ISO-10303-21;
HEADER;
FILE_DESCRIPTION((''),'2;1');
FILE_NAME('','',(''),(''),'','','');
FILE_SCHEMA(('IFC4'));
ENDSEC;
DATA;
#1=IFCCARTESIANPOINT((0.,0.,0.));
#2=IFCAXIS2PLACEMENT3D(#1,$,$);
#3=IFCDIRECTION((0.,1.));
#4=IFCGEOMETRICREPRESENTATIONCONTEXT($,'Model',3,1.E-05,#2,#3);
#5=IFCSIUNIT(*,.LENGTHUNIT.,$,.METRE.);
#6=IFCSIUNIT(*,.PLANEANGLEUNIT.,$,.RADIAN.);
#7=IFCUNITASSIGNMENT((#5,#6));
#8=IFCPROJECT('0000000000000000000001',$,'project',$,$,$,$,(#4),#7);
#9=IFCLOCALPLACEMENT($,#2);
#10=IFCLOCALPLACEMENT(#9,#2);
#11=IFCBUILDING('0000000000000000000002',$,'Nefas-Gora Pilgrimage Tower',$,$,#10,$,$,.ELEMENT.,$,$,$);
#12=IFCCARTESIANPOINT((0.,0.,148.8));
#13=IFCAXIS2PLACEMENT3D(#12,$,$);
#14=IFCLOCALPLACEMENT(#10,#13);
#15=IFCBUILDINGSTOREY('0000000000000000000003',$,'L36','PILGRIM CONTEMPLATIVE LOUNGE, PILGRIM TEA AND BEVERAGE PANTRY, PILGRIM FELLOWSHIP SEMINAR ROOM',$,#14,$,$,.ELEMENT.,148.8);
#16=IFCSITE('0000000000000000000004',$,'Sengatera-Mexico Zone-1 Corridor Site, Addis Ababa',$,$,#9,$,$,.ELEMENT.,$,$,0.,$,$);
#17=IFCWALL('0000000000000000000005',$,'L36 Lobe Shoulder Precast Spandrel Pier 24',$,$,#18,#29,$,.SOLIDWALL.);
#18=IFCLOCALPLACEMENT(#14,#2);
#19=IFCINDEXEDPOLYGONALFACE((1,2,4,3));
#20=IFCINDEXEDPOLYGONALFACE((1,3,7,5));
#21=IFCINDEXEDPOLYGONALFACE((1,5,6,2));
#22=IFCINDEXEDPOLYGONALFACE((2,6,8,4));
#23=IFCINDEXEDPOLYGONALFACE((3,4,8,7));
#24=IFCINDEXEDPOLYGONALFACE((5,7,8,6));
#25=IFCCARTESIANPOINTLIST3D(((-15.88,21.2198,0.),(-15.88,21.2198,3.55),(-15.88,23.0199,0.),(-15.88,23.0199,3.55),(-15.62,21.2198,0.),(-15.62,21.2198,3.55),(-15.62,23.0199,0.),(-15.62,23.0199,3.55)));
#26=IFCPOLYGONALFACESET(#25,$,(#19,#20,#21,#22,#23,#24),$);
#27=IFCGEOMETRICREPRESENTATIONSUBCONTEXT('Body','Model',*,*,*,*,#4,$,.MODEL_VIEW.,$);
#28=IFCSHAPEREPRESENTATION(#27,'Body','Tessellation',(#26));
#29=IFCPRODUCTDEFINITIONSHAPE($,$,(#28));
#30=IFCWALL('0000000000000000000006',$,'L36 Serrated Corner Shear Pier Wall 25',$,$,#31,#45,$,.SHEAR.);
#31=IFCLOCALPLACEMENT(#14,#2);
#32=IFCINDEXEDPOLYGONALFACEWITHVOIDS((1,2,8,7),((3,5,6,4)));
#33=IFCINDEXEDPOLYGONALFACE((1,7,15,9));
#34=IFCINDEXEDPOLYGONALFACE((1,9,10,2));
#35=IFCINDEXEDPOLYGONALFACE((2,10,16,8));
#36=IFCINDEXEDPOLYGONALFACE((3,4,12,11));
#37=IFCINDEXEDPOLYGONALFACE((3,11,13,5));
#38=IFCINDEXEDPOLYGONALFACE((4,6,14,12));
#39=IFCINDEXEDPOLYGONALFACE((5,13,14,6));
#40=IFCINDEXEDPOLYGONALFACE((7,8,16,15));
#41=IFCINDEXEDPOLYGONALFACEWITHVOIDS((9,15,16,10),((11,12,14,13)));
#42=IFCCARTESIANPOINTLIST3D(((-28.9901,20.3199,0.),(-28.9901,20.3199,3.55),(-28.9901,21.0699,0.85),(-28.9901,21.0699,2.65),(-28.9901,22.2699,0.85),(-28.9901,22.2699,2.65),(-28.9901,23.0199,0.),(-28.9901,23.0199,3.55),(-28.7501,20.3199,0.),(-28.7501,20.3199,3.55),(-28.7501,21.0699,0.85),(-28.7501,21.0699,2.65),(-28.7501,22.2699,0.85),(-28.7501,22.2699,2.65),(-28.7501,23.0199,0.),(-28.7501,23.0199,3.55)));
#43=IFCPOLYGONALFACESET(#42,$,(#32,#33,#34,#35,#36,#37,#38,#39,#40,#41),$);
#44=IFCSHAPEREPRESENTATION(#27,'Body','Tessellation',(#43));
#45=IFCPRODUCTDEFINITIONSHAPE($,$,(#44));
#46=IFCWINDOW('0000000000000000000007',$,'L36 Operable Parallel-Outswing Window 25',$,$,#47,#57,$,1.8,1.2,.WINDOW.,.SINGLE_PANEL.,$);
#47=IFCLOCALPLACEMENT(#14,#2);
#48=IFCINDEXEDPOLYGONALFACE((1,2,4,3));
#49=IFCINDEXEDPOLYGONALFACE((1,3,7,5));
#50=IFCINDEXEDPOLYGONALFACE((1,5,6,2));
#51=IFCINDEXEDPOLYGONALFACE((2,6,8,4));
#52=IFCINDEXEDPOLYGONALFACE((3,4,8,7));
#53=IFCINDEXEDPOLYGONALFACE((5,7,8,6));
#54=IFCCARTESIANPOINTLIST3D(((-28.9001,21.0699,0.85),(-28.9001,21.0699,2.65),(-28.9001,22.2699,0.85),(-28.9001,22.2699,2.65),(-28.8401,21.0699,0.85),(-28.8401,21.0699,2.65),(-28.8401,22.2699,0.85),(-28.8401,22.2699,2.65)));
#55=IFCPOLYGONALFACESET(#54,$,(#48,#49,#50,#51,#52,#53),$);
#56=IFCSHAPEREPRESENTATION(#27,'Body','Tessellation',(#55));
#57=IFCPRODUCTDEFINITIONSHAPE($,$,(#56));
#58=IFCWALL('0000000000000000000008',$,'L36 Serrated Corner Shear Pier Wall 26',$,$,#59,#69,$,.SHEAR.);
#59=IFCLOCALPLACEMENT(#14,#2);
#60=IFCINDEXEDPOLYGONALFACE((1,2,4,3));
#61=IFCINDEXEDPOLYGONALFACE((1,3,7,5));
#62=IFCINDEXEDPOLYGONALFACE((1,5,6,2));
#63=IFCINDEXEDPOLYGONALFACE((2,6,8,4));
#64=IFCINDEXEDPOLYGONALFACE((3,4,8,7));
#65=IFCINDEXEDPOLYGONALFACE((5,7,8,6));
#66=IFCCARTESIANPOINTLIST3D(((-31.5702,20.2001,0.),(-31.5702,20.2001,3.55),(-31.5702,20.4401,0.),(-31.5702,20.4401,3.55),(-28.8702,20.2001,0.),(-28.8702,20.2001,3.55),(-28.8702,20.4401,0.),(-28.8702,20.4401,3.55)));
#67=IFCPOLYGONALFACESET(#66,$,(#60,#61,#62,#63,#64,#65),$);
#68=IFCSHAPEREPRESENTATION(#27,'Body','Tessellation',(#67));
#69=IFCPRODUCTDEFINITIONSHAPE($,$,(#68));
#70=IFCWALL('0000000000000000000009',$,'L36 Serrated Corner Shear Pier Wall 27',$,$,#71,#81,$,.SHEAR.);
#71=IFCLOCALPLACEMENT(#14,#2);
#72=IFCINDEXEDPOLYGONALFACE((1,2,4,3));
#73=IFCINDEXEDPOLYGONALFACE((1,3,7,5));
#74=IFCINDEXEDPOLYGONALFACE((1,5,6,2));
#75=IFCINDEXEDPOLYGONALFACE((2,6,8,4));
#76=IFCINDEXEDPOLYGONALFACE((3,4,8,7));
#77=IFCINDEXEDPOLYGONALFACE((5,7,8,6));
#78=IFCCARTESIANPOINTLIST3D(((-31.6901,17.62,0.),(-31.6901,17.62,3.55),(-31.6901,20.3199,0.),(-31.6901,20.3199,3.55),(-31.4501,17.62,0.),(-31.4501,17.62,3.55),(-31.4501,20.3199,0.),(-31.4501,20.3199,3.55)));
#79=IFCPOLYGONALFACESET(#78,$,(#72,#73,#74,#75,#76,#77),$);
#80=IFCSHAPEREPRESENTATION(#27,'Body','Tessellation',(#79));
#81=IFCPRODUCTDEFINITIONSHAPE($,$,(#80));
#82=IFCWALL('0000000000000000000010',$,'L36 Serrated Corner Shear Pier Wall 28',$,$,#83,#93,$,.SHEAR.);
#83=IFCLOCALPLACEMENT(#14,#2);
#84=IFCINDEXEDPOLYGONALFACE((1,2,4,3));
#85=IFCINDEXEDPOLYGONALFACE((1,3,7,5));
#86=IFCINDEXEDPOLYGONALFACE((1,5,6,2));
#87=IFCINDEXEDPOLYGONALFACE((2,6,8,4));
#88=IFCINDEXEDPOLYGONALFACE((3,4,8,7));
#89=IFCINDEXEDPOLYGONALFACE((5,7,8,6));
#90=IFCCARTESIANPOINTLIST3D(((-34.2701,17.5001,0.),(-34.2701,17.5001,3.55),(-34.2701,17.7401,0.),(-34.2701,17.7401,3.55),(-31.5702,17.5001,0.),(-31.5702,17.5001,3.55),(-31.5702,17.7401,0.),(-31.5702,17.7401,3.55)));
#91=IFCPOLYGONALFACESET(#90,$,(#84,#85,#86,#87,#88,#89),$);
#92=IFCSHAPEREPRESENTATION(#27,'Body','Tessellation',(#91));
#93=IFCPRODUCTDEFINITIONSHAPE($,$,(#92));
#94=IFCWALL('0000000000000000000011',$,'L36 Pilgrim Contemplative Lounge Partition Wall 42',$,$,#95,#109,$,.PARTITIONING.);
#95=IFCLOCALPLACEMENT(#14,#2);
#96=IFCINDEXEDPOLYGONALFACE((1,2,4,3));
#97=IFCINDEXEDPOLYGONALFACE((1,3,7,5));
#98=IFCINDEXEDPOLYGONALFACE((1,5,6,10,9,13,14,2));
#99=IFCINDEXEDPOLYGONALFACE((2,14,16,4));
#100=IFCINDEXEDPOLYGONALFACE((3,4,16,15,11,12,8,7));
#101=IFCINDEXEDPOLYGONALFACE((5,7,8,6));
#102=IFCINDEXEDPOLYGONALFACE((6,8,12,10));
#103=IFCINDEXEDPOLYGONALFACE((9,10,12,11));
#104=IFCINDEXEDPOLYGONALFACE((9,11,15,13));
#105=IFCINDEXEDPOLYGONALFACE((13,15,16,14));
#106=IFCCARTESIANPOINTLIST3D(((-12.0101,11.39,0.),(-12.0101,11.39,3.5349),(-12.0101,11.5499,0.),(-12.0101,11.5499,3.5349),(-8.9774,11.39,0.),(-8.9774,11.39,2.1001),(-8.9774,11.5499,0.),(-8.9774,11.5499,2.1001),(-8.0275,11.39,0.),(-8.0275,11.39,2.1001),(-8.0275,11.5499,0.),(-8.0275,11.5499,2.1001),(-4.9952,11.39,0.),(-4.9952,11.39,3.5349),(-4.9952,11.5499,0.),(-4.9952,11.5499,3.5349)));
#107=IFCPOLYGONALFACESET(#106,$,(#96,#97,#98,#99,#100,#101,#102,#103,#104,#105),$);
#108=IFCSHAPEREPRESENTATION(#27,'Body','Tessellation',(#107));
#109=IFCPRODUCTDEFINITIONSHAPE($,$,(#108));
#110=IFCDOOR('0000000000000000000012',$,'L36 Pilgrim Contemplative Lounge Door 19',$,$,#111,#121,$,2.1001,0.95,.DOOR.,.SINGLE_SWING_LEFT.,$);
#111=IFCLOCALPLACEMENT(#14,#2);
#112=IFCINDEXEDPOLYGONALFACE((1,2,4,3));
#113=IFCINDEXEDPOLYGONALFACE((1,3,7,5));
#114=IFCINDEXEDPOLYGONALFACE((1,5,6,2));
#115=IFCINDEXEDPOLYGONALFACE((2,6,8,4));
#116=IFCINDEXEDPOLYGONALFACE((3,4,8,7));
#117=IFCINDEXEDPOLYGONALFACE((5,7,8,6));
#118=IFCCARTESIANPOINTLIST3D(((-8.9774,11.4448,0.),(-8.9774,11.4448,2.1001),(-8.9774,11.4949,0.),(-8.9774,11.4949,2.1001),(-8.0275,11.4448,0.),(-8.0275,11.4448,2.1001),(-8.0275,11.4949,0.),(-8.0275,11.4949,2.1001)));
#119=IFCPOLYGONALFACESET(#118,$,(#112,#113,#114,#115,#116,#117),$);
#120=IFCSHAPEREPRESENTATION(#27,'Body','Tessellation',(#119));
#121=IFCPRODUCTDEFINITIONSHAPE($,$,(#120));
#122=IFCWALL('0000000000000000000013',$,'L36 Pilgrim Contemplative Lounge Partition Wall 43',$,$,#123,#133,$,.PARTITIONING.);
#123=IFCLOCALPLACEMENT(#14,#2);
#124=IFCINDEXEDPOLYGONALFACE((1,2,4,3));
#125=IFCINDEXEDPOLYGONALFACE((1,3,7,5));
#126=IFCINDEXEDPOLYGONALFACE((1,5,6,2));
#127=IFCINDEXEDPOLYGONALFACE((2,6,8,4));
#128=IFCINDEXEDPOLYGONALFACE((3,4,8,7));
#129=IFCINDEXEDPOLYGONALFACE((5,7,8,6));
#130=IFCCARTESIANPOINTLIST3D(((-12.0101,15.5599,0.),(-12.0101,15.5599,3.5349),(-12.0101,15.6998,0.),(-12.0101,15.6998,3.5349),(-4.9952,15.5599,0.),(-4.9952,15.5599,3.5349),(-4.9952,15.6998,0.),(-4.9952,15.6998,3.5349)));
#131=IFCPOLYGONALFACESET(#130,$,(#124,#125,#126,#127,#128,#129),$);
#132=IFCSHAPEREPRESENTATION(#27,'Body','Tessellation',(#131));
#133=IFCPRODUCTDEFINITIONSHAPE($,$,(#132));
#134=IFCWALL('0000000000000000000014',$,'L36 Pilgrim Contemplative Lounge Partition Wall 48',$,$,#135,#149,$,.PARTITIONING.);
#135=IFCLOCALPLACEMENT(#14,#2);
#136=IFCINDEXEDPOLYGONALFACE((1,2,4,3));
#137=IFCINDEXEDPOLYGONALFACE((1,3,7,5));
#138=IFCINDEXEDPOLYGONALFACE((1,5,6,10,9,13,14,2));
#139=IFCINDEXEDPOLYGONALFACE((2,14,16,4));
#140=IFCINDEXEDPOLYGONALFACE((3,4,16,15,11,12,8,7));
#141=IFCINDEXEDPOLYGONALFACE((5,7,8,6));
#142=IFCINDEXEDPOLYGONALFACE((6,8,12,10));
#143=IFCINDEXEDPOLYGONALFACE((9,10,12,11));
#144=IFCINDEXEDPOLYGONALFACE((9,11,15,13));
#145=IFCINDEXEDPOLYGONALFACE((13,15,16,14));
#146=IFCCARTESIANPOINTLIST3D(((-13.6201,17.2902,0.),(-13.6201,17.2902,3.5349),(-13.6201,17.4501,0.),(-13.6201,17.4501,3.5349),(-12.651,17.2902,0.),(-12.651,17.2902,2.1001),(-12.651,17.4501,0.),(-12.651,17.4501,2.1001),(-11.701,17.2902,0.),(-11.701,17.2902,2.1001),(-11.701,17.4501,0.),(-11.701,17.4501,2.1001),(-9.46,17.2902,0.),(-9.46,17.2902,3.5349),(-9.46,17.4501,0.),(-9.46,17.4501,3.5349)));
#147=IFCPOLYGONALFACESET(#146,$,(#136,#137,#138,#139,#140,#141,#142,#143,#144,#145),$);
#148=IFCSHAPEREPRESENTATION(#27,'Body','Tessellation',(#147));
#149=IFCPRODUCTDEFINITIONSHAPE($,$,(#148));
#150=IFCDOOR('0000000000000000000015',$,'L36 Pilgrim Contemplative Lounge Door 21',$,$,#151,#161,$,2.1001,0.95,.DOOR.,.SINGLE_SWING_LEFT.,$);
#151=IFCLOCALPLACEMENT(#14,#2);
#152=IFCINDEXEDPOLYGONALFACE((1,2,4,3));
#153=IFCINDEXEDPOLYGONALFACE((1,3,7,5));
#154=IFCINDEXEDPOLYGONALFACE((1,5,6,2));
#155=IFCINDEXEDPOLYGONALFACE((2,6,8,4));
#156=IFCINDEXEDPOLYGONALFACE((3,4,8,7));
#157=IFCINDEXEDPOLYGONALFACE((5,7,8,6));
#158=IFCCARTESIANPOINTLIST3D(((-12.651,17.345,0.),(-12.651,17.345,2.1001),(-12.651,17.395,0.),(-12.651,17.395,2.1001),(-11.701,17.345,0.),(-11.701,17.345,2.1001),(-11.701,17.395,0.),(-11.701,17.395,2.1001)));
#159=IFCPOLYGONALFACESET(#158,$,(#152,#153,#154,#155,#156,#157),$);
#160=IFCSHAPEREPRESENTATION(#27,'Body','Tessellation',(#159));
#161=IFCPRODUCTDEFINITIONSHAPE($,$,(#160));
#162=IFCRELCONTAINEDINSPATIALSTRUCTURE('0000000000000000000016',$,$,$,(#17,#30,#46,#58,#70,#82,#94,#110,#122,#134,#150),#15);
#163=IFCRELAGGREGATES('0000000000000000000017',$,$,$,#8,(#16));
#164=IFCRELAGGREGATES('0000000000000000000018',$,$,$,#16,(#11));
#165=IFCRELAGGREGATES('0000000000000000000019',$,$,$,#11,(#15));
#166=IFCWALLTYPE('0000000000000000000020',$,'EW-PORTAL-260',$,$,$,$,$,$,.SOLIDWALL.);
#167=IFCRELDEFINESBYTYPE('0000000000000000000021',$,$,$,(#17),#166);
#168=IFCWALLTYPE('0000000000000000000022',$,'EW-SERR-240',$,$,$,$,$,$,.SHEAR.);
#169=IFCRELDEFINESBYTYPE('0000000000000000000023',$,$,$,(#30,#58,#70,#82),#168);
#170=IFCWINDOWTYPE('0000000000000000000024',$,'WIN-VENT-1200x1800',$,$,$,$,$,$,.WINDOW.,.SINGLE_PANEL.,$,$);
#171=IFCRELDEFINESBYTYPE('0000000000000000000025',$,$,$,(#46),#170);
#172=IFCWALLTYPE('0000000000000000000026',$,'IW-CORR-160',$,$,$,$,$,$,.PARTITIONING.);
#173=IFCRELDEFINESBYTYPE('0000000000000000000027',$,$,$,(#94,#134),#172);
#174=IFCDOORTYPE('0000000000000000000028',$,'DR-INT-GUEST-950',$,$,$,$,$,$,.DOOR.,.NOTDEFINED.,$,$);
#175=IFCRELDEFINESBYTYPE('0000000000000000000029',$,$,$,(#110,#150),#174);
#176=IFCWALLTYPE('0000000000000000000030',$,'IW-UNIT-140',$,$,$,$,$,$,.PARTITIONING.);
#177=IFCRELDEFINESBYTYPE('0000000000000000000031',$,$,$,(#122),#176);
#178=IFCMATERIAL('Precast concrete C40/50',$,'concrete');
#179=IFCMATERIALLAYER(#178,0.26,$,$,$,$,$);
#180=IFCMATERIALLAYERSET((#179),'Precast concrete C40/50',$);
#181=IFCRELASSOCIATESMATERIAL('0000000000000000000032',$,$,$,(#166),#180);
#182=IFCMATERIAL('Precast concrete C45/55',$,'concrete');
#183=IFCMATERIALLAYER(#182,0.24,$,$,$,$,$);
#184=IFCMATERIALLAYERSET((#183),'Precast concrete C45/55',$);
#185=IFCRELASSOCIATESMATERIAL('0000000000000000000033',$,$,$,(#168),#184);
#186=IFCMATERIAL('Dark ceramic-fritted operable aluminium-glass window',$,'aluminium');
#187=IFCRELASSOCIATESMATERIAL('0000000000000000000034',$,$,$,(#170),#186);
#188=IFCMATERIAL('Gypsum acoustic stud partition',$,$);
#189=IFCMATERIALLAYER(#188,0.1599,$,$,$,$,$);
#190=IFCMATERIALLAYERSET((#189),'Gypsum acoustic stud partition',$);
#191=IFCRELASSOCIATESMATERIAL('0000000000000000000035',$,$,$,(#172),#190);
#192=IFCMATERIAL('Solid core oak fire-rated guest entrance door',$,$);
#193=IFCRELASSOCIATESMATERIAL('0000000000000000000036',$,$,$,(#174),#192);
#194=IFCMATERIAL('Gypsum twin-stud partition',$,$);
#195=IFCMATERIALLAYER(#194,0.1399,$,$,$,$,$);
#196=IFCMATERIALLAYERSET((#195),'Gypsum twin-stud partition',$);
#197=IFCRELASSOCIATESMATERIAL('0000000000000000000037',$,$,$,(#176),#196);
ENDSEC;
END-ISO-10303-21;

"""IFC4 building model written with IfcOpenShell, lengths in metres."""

from ifc_helpers import new_model, si_unit, direction, frame, frame_2d, origin, place, context, subcontext, project, spatial, rectangle, extrude, source, transform, mapped, material, layer, layer_set, type_object, element, fill, save


model = new_model("IFC4")

# Units and contexts
model_context = context("Model", 3, precision=1e-05, world=origin(), true_north=direction((0.0, 1.0)))
body_context = subcontext(model_context, "Body", "Model", "MODEL_VIEW")
ifc_project = project(units=[si_unit("LENGTHUNIT", "METRE"), si_unit("PLANEANGLEUNIT", "RADIAN")], contexts=[model_context])

# Site, building, storey
site_placement = place(None, origin())
site = spatial("IfcSite", under=ifc_project, at=site_placement, Name="Sengatera-Mexico Zone-1 Corridor Site, Addis Ababa", CompositionType="ELEMENT", RefElevation=0.0)
building_placement = place(site_placement, origin())
building = spatial("IfcBuilding", under=site, at=building_placement, Name="Nefas-Gora Pilgrimage Tower", CompositionType="ELEMENT")
storey_placement = place(building_placement, frame((0.0, 0.0, 148.8)))
storey = spatial("IfcBuildingStorey", under=building, at=storey_placement, Name="L36", Description="PILGRIM CONTEMPLATIVE LOUNGE, PILGRIM TEA AND BEVERAGE PANTRY, PILGRIM FELLOWSHIP SEMINAR ROOM", CompositionType="ELEMENT", Elevation=148.8)

# Wall
ifc_material_1 = material(Name="Precast concrete C40/50", Category="concrete")
ifc_layer_1 = layer(ifc_material_1, 0.26)
ifc_layer_set_1 = layer_set([ifc_layer_1], Name="Precast concrete C40/50")
wall_type_1 = type_object("IfcWallType", Name="EW-PORTAL-260", PredefinedType="SOLIDWALL", material=ifc_layer_set_1)
shared_shape_1 = source(origin(), body_context, "Body", "SweptSolid", [
    extrude(rectangle(XDim=1.8, YDim=0.26, at=frame_2d((0.8999, 0.0))), origin(), (0.0, 0.0, 1.0), 3.55),
])
wall_1_placement = place(storey_placement, frame((-15.75, 21.22, 0.0), z_axis=(0.0, 0.0, 1.0), x_axis=(0.0, 1.0, 0.0)))
element("IfcWall", 1, at=wall_1_placement, inside=storey, type_object=wall_type_1, Name="L36 Lobe Shoulder Precast Spandrel Pier 24", PredefinedType="SOLIDWALL", context=body_context, shape_type="MappedRepresentation", body=[
    mapped(shared_shape_1, transform((0.0, 0.0, 0.0), x_axis=(1.0, 0.0, 0.0), y_axis=(0.0, 1.0, 0.0), z_axis=(0.0, 0.0, 1.0), scale=1.0)),
])

# Wall, opening, window
ifc_material_2 = material(Name="Precast concrete C45/55", Category="concrete")
ifc_layer_2 = layer(ifc_material_2, 0.24)
ifc_layer_set_2 = layer_set([ifc_layer_2], Name="Precast concrete C45/55")
wall_type_2 = type_object("IfcWallType", Name="EW-SERR-240", PredefinedType="SHEAR", material=ifc_layer_set_2)
shared_shape_2 = source(origin(), body_context, "Body", "SweptSolid", [
    extrude(rectangle(XDim=2.7, YDim=0.24, at=frame_2d((1.3501, 0.0))), origin(), (0.0, 0.0, 1.0), 3.55),
])
wall_2_placement = place(storey_placement, frame((-28.8701, 23.02, 0.0), z_axis=(0.0, 0.0, 1.0), x_axis=(0.0, -1.0, 0.0)))
wall_2 = element("IfcWall", 2, at=wall_2_placement, inside=storey, type_object=wall_type_2, Name="L36 Serrated Corner Shear Pier Wall 25", PredefinedType="SHEAR", context=body_context, shape_type="MappedRepresentation", body=[
    mapped(shared_shape_2, transform((0.0, 0.0, 0.0), x_axis=(1.0, 0.0, 0.0), y_axis=(0.0, 1.0, 0.0), z_axis=(0.0, 0.0, 1.0), scale=1.0)),
])
opening_1_placement = place(wall_2_placement, frame((0.75, 0.0, 0.8501)))
opening_1 = element("IfcOpeningElement", 3, at=opening_1_placement, cuts=wall_2, PredefinedType="OPENING", context=body_context, shape_type="SweptSolid", body=[
    extrude(rectangle(XDim=1.2, YDim=1.8, at=frame_2d((0.6001, 0.8999))), frame((0.0, 0.1299, 0.0), z_axis=(0.0, -1.0, 0.0), x_axis=(1.0, 0.0, 0.0)), (0.0, 0.0, 1.0), 0.26),
])
ifc_material_3 = material(Name="Dark ceramic-fritted operable aluminium-glass window", Category="aluminium")
window_type = type_object("IfcWindowType", Name="WIN-VENT-1200x1800", PartitioningType="SINGLE_PANEL", PredefinedType="WINDOW", material=ifc_material_3)
shared_shape_3 = source(origin(), body_context, "Body", "SweptSolid", [
    extrude(rectangle(XDim=1.2, YDim=1.8, at=frame_2d((0.6001, 0.8999))), frame((0.0, 0.03, 0.0), z_axis=(0.0, -1.0, 0.0), x_axis=(1.0, 0.0, 0.0)), (0.0, 0.0, 1.0), 0.0601),
])
window_placement = place(opening_1_placement, origin())
window = element("IfcWindow", 4, at=window_placement, inside=storey, type_object=window_type, Name="L36 Operable Parallel-Outswing Window 25", OverallHeight=1.8, OverallWidth=1.2, PartitioningType="SINGLE_PANEL", PredefinedType="WINDOW", context=body_context, shape_type="MappedRepresentation", body=[
    mapped(shared_shape_3, transform((0.0, 0.0, 0.0), x_axis=(1.0, 0.0, 0.0), y_axis=(0.0, 1.0, 0.0), z_axis=(0.0, 0.0, 1.0), scale=1.0)),
])
fill(opening_1, window)

# Walls
for number, where, z_axis, x_axis, name in (
    (5, (-28.8701, 20.3201, 0.0), (0.0, 0.0, 1.0), (-1.0, 0.0, 0.0), "L36 Serrated Corner Shear Pier Wall 26"),
    (6, (-31.5701, 20.3201, 0.0), (0.0, 0.0, 1.0), (0.0, -1.0, 0.0), "L36 Serrated Corner Shear Pier Wall 27"),
    (7, (-31.5701, 17.6201, 0.0), (0.0, 0.0, 1.0), (-1.0, 0.0, 0.0), "L36 Serrated Corner Shear Pier Wall 28"),
):
    element("IfcWall", number, at=place(storey_placement, frame(where, z_axis=z_axis, x_axis=x_axis)), inside=storey, type_object=wall_type_2, Name=name, PredefinedType="SHEAR", context=body_context, shape_type="MappedRepresentation", body=[
        mapped(shared_shape_2, transform((0.0, 0.0, 0.0), x_axis=(1.0, 0.0, 0.0), y_axis=(0.0, 1.0, 0.0), z_axis=(0.0, 0.0, 1.0), scale=1.0)),
    ])

# Wall, opening, door
ifc_material_4 = material(Name="Gypsum acoustic stud partition")
ifc_layer_3 = layer(ifc_material_4, 0.1599)
ifc_layer_set_3 = layer_set([ifc_layer_3], Name="Gypsum acoustic stud partition")
wall_type_3 = type_object("IfcWallType", Name="IW-CORR-160", PredefinedType="PARTITIONING", material=ifc_layer_set_3)
shared_shape_4 = source(origin(), body_context, "Body", "SweptSolid", [
    extrude(rectangle(XDim=7.0149, YDim=0.1599, at=frame_2d((3.5073, 0.0))), origin(), (0.0, 0.0, 1.0), 3.5349),
])
wall_3_placement = place(storey_placement, frame((-12.01, 11.47, 0.0), z_axis=(0.0, 0.0, 1.0), x_axis=(1.0, 0.0, 0.0)))
wall_3 = element("IfcWall", 8, at=wall_3_placement, inside=storey, type_object=wall_type_3, Name="L36 Pilgrim Contemplative Lounge Partition Wall 42", PredefinedType="PARTITIONING", context=body_context, shape_type="MappedRepresentation", body=[
    mapped(shared_shape_4, transform((0.0, 0.0, 0.0), x_axis=(1.0, 0.0, 0.0), y_axis=(0.0, 1.0, 0.0), z_axis=(0.0, 0.0, 1.0), scale=1.0)),
])
opening_2_placement = place(wall_3_placement, frame((3.0325, 0.0, 0.0)))
opening_2 = element("IfcOpeningElement", 9, at=opening_2_placement, cuts=wall_3, PredefinedType="OPENING", context=body_context, shape_type="SweptSolid", body=[
    extrude(rectangle(XDim=0.95, YDim=2.1001, at=frame_2d((0.4751, 1.05))), frame((0.0, 0.0898, 0.0), z_axis=(0.0, -1.0, 0.0), x_axis=(1.0, 0.0, 0.0)), (0.0, 0.0, 1.0), 0.1799),
])
ifc_material_5 = material(Name="Solid core oak fire-rated guest entrance door")
door_type = type_object("IfcDoorType", Name="DR-INT-GUEST-950", OperationType="NOTDEFINED", PredefinedType="DOOR", material=ifc_material_5)
shared_shape_5 = source(origin(), body_context, "Body", "SweptSolid", [
    extrude(rectangle(XDim=0.95, YDim=2.1001, at=frame_2d((0.4751, 1.05))), frame((0.0, 0.0249, 0.0), z_axis=(0.0, -1.0, 0.0), x_axis=(1.0, 0.0, 0.0)), (0.0, 0.0, 1.0), 0.05),
])
door_1_placement = place(opening_2_placement, origin())
door_1 = element("IfcDoor", 10, at=door_1_placement, inside=storey, type_object=door_type, Name="L36 Pilgrim Contemplative Lounge Door 19", OperationType="SINGLE_SWING_LEFT", OverallHeight=2.1001, OverallWidth=0.95, PredefinedType="DOOR", context=body_context, shape_type="MappedRepresentation", body=[
    mapped(shared_shape_5, transform((0.0, 0.0, 0.0), x_axis=(1.0, 0.0, 0.0), y_axis=(0.0, 1.0, 0.0), z_axis=(0.0, 0.0, 1.0), scale=1.0)),
])
fill(opening_2, door_1)

# Wall
ifc_material_6 = material(Name="Gypsum twin-stud partition")
ifc_layer_4 = layer(ifc_material_6, 0.1399)
ifc_layer_set_4 = layer_set([ifc_layer_4], Name="Gypsum twin-stud partition")
wall_type_4 = type_object("IfcWallType", Name="IW-UNIT-140", PredefinedType="PARTITIONING", material=ifc_layer_set_4)
shared_shape_6 = source(origin(), body_context, "Body", "SweptSolid", [
    extrude(rectangle(XDim=7.0149, YDim=0.1399, at=frame_2d((3.5073, 0.0))), origin(), (0.0, 0.0, 1.0), 3.5349),
])
wall_4_placement = place(storey_placement, frame((-12.01, 15.6299, 0.0), z_axis=(0.0, 0.0, 1.0), x_axis=(1.0, 0.0, 0.0)))
element("IfcWall", 11, at=wall_4_placement, inside=storey, type_object=wall_type_4, Name="L36 Pilgrim Contemplative Lounge Partition Wall 43", PredefinedType="PARTITIONING", context=body_context, shape_type="MappedRepresentation", body=[
    mapped(shared_shape_6, transform((0.0, 0.0, 0.0), x_axis=(1.0, 0.0, 0.0), y_axis=(0.0, 1.0, 0.0), z_axis=(0.0, 0.0, 1.0), scale=1.0)),
])

# Wall, opening, door
shared_shape_7 = source(origin(), body_context, "Body", "SweptSolid", [
    extrude(rectangle(XDim=4.1602, YDim=0.1599, at=frame_2d((2.0801, 0.0))), origin(), (0.0, 0.0, 1.0), 3.5349),
])
wall_5_placement = place(storey_placement, frame((-13.6201, 17.3701, 0.0), z_axis=(0.0, 0.0, 1.0), x_axis=(1.0, 0.0, 0.0)))
wall_5 = element("IfcWall", 12, at=wall_5_placement, inside=storey, type_object=wall_type_3, Name="L36 Pilgrim Contemplative Lounge Partition Wall 48", PredefinedType="PARTITIONING", context=body_context, shape_type="MappedRepresentation", body=[
    mapped(shared_shape_7, transform((0.0, 0.0, 0.0), x_axis=(1.0, 0.0, 0.0), y_axis=(0.0, 1.0, 0.0), z_axis=(0.0, 0.0, 1.0), scale=1.0)),
])
opening_3_placement = place(wall_5_placement, frame((0.969, 0.0, 0.0)))
opening_3 = element("IfcOpeningElement", 13, at=opening_3_placement, cuts=wall_5, PredefinedType="OPENING", context=body_context, shape_type="SweptSolid", body=[
    extrude(rectangle(XDim=0.95, YDim=2.1001, at=frame_2d((0.4751, 1.05))), frame((0.0, 0.0898, 0.0), z_axis=(0.0, -1.0, 0.0), x_axis=(1.0, 0.0, 0.0)), (0.0, 0.0, 1.0), 0.1799),
])
door_2_placement = place(opening_3_placement, origin())
door_2 = element("IfcDoor", 14, at=door_2_placement, inside=storey, type_object=door_type, Name="L36 Pilgrim Contemplative Lounge Door 21", OperationType="SINGLE_SWING_LEFT", OverallHeight=2.1001, OverallWidth=0.95, PredefinedType="DOOR", context=body_context, shape_type="MappedRepresentation", body=[
    mapped(shared_shape_5, transform((0.0, 0.0, 0.0), x_axis=(1.0, 0.0, 0.0), y_axis=(0.0, 1.0, 0.0), z_axis=(0.0, 0.0, 1.0), scale=1.0)),
])
fill(opening_3, door_2)

save(model, "model.ifc")
